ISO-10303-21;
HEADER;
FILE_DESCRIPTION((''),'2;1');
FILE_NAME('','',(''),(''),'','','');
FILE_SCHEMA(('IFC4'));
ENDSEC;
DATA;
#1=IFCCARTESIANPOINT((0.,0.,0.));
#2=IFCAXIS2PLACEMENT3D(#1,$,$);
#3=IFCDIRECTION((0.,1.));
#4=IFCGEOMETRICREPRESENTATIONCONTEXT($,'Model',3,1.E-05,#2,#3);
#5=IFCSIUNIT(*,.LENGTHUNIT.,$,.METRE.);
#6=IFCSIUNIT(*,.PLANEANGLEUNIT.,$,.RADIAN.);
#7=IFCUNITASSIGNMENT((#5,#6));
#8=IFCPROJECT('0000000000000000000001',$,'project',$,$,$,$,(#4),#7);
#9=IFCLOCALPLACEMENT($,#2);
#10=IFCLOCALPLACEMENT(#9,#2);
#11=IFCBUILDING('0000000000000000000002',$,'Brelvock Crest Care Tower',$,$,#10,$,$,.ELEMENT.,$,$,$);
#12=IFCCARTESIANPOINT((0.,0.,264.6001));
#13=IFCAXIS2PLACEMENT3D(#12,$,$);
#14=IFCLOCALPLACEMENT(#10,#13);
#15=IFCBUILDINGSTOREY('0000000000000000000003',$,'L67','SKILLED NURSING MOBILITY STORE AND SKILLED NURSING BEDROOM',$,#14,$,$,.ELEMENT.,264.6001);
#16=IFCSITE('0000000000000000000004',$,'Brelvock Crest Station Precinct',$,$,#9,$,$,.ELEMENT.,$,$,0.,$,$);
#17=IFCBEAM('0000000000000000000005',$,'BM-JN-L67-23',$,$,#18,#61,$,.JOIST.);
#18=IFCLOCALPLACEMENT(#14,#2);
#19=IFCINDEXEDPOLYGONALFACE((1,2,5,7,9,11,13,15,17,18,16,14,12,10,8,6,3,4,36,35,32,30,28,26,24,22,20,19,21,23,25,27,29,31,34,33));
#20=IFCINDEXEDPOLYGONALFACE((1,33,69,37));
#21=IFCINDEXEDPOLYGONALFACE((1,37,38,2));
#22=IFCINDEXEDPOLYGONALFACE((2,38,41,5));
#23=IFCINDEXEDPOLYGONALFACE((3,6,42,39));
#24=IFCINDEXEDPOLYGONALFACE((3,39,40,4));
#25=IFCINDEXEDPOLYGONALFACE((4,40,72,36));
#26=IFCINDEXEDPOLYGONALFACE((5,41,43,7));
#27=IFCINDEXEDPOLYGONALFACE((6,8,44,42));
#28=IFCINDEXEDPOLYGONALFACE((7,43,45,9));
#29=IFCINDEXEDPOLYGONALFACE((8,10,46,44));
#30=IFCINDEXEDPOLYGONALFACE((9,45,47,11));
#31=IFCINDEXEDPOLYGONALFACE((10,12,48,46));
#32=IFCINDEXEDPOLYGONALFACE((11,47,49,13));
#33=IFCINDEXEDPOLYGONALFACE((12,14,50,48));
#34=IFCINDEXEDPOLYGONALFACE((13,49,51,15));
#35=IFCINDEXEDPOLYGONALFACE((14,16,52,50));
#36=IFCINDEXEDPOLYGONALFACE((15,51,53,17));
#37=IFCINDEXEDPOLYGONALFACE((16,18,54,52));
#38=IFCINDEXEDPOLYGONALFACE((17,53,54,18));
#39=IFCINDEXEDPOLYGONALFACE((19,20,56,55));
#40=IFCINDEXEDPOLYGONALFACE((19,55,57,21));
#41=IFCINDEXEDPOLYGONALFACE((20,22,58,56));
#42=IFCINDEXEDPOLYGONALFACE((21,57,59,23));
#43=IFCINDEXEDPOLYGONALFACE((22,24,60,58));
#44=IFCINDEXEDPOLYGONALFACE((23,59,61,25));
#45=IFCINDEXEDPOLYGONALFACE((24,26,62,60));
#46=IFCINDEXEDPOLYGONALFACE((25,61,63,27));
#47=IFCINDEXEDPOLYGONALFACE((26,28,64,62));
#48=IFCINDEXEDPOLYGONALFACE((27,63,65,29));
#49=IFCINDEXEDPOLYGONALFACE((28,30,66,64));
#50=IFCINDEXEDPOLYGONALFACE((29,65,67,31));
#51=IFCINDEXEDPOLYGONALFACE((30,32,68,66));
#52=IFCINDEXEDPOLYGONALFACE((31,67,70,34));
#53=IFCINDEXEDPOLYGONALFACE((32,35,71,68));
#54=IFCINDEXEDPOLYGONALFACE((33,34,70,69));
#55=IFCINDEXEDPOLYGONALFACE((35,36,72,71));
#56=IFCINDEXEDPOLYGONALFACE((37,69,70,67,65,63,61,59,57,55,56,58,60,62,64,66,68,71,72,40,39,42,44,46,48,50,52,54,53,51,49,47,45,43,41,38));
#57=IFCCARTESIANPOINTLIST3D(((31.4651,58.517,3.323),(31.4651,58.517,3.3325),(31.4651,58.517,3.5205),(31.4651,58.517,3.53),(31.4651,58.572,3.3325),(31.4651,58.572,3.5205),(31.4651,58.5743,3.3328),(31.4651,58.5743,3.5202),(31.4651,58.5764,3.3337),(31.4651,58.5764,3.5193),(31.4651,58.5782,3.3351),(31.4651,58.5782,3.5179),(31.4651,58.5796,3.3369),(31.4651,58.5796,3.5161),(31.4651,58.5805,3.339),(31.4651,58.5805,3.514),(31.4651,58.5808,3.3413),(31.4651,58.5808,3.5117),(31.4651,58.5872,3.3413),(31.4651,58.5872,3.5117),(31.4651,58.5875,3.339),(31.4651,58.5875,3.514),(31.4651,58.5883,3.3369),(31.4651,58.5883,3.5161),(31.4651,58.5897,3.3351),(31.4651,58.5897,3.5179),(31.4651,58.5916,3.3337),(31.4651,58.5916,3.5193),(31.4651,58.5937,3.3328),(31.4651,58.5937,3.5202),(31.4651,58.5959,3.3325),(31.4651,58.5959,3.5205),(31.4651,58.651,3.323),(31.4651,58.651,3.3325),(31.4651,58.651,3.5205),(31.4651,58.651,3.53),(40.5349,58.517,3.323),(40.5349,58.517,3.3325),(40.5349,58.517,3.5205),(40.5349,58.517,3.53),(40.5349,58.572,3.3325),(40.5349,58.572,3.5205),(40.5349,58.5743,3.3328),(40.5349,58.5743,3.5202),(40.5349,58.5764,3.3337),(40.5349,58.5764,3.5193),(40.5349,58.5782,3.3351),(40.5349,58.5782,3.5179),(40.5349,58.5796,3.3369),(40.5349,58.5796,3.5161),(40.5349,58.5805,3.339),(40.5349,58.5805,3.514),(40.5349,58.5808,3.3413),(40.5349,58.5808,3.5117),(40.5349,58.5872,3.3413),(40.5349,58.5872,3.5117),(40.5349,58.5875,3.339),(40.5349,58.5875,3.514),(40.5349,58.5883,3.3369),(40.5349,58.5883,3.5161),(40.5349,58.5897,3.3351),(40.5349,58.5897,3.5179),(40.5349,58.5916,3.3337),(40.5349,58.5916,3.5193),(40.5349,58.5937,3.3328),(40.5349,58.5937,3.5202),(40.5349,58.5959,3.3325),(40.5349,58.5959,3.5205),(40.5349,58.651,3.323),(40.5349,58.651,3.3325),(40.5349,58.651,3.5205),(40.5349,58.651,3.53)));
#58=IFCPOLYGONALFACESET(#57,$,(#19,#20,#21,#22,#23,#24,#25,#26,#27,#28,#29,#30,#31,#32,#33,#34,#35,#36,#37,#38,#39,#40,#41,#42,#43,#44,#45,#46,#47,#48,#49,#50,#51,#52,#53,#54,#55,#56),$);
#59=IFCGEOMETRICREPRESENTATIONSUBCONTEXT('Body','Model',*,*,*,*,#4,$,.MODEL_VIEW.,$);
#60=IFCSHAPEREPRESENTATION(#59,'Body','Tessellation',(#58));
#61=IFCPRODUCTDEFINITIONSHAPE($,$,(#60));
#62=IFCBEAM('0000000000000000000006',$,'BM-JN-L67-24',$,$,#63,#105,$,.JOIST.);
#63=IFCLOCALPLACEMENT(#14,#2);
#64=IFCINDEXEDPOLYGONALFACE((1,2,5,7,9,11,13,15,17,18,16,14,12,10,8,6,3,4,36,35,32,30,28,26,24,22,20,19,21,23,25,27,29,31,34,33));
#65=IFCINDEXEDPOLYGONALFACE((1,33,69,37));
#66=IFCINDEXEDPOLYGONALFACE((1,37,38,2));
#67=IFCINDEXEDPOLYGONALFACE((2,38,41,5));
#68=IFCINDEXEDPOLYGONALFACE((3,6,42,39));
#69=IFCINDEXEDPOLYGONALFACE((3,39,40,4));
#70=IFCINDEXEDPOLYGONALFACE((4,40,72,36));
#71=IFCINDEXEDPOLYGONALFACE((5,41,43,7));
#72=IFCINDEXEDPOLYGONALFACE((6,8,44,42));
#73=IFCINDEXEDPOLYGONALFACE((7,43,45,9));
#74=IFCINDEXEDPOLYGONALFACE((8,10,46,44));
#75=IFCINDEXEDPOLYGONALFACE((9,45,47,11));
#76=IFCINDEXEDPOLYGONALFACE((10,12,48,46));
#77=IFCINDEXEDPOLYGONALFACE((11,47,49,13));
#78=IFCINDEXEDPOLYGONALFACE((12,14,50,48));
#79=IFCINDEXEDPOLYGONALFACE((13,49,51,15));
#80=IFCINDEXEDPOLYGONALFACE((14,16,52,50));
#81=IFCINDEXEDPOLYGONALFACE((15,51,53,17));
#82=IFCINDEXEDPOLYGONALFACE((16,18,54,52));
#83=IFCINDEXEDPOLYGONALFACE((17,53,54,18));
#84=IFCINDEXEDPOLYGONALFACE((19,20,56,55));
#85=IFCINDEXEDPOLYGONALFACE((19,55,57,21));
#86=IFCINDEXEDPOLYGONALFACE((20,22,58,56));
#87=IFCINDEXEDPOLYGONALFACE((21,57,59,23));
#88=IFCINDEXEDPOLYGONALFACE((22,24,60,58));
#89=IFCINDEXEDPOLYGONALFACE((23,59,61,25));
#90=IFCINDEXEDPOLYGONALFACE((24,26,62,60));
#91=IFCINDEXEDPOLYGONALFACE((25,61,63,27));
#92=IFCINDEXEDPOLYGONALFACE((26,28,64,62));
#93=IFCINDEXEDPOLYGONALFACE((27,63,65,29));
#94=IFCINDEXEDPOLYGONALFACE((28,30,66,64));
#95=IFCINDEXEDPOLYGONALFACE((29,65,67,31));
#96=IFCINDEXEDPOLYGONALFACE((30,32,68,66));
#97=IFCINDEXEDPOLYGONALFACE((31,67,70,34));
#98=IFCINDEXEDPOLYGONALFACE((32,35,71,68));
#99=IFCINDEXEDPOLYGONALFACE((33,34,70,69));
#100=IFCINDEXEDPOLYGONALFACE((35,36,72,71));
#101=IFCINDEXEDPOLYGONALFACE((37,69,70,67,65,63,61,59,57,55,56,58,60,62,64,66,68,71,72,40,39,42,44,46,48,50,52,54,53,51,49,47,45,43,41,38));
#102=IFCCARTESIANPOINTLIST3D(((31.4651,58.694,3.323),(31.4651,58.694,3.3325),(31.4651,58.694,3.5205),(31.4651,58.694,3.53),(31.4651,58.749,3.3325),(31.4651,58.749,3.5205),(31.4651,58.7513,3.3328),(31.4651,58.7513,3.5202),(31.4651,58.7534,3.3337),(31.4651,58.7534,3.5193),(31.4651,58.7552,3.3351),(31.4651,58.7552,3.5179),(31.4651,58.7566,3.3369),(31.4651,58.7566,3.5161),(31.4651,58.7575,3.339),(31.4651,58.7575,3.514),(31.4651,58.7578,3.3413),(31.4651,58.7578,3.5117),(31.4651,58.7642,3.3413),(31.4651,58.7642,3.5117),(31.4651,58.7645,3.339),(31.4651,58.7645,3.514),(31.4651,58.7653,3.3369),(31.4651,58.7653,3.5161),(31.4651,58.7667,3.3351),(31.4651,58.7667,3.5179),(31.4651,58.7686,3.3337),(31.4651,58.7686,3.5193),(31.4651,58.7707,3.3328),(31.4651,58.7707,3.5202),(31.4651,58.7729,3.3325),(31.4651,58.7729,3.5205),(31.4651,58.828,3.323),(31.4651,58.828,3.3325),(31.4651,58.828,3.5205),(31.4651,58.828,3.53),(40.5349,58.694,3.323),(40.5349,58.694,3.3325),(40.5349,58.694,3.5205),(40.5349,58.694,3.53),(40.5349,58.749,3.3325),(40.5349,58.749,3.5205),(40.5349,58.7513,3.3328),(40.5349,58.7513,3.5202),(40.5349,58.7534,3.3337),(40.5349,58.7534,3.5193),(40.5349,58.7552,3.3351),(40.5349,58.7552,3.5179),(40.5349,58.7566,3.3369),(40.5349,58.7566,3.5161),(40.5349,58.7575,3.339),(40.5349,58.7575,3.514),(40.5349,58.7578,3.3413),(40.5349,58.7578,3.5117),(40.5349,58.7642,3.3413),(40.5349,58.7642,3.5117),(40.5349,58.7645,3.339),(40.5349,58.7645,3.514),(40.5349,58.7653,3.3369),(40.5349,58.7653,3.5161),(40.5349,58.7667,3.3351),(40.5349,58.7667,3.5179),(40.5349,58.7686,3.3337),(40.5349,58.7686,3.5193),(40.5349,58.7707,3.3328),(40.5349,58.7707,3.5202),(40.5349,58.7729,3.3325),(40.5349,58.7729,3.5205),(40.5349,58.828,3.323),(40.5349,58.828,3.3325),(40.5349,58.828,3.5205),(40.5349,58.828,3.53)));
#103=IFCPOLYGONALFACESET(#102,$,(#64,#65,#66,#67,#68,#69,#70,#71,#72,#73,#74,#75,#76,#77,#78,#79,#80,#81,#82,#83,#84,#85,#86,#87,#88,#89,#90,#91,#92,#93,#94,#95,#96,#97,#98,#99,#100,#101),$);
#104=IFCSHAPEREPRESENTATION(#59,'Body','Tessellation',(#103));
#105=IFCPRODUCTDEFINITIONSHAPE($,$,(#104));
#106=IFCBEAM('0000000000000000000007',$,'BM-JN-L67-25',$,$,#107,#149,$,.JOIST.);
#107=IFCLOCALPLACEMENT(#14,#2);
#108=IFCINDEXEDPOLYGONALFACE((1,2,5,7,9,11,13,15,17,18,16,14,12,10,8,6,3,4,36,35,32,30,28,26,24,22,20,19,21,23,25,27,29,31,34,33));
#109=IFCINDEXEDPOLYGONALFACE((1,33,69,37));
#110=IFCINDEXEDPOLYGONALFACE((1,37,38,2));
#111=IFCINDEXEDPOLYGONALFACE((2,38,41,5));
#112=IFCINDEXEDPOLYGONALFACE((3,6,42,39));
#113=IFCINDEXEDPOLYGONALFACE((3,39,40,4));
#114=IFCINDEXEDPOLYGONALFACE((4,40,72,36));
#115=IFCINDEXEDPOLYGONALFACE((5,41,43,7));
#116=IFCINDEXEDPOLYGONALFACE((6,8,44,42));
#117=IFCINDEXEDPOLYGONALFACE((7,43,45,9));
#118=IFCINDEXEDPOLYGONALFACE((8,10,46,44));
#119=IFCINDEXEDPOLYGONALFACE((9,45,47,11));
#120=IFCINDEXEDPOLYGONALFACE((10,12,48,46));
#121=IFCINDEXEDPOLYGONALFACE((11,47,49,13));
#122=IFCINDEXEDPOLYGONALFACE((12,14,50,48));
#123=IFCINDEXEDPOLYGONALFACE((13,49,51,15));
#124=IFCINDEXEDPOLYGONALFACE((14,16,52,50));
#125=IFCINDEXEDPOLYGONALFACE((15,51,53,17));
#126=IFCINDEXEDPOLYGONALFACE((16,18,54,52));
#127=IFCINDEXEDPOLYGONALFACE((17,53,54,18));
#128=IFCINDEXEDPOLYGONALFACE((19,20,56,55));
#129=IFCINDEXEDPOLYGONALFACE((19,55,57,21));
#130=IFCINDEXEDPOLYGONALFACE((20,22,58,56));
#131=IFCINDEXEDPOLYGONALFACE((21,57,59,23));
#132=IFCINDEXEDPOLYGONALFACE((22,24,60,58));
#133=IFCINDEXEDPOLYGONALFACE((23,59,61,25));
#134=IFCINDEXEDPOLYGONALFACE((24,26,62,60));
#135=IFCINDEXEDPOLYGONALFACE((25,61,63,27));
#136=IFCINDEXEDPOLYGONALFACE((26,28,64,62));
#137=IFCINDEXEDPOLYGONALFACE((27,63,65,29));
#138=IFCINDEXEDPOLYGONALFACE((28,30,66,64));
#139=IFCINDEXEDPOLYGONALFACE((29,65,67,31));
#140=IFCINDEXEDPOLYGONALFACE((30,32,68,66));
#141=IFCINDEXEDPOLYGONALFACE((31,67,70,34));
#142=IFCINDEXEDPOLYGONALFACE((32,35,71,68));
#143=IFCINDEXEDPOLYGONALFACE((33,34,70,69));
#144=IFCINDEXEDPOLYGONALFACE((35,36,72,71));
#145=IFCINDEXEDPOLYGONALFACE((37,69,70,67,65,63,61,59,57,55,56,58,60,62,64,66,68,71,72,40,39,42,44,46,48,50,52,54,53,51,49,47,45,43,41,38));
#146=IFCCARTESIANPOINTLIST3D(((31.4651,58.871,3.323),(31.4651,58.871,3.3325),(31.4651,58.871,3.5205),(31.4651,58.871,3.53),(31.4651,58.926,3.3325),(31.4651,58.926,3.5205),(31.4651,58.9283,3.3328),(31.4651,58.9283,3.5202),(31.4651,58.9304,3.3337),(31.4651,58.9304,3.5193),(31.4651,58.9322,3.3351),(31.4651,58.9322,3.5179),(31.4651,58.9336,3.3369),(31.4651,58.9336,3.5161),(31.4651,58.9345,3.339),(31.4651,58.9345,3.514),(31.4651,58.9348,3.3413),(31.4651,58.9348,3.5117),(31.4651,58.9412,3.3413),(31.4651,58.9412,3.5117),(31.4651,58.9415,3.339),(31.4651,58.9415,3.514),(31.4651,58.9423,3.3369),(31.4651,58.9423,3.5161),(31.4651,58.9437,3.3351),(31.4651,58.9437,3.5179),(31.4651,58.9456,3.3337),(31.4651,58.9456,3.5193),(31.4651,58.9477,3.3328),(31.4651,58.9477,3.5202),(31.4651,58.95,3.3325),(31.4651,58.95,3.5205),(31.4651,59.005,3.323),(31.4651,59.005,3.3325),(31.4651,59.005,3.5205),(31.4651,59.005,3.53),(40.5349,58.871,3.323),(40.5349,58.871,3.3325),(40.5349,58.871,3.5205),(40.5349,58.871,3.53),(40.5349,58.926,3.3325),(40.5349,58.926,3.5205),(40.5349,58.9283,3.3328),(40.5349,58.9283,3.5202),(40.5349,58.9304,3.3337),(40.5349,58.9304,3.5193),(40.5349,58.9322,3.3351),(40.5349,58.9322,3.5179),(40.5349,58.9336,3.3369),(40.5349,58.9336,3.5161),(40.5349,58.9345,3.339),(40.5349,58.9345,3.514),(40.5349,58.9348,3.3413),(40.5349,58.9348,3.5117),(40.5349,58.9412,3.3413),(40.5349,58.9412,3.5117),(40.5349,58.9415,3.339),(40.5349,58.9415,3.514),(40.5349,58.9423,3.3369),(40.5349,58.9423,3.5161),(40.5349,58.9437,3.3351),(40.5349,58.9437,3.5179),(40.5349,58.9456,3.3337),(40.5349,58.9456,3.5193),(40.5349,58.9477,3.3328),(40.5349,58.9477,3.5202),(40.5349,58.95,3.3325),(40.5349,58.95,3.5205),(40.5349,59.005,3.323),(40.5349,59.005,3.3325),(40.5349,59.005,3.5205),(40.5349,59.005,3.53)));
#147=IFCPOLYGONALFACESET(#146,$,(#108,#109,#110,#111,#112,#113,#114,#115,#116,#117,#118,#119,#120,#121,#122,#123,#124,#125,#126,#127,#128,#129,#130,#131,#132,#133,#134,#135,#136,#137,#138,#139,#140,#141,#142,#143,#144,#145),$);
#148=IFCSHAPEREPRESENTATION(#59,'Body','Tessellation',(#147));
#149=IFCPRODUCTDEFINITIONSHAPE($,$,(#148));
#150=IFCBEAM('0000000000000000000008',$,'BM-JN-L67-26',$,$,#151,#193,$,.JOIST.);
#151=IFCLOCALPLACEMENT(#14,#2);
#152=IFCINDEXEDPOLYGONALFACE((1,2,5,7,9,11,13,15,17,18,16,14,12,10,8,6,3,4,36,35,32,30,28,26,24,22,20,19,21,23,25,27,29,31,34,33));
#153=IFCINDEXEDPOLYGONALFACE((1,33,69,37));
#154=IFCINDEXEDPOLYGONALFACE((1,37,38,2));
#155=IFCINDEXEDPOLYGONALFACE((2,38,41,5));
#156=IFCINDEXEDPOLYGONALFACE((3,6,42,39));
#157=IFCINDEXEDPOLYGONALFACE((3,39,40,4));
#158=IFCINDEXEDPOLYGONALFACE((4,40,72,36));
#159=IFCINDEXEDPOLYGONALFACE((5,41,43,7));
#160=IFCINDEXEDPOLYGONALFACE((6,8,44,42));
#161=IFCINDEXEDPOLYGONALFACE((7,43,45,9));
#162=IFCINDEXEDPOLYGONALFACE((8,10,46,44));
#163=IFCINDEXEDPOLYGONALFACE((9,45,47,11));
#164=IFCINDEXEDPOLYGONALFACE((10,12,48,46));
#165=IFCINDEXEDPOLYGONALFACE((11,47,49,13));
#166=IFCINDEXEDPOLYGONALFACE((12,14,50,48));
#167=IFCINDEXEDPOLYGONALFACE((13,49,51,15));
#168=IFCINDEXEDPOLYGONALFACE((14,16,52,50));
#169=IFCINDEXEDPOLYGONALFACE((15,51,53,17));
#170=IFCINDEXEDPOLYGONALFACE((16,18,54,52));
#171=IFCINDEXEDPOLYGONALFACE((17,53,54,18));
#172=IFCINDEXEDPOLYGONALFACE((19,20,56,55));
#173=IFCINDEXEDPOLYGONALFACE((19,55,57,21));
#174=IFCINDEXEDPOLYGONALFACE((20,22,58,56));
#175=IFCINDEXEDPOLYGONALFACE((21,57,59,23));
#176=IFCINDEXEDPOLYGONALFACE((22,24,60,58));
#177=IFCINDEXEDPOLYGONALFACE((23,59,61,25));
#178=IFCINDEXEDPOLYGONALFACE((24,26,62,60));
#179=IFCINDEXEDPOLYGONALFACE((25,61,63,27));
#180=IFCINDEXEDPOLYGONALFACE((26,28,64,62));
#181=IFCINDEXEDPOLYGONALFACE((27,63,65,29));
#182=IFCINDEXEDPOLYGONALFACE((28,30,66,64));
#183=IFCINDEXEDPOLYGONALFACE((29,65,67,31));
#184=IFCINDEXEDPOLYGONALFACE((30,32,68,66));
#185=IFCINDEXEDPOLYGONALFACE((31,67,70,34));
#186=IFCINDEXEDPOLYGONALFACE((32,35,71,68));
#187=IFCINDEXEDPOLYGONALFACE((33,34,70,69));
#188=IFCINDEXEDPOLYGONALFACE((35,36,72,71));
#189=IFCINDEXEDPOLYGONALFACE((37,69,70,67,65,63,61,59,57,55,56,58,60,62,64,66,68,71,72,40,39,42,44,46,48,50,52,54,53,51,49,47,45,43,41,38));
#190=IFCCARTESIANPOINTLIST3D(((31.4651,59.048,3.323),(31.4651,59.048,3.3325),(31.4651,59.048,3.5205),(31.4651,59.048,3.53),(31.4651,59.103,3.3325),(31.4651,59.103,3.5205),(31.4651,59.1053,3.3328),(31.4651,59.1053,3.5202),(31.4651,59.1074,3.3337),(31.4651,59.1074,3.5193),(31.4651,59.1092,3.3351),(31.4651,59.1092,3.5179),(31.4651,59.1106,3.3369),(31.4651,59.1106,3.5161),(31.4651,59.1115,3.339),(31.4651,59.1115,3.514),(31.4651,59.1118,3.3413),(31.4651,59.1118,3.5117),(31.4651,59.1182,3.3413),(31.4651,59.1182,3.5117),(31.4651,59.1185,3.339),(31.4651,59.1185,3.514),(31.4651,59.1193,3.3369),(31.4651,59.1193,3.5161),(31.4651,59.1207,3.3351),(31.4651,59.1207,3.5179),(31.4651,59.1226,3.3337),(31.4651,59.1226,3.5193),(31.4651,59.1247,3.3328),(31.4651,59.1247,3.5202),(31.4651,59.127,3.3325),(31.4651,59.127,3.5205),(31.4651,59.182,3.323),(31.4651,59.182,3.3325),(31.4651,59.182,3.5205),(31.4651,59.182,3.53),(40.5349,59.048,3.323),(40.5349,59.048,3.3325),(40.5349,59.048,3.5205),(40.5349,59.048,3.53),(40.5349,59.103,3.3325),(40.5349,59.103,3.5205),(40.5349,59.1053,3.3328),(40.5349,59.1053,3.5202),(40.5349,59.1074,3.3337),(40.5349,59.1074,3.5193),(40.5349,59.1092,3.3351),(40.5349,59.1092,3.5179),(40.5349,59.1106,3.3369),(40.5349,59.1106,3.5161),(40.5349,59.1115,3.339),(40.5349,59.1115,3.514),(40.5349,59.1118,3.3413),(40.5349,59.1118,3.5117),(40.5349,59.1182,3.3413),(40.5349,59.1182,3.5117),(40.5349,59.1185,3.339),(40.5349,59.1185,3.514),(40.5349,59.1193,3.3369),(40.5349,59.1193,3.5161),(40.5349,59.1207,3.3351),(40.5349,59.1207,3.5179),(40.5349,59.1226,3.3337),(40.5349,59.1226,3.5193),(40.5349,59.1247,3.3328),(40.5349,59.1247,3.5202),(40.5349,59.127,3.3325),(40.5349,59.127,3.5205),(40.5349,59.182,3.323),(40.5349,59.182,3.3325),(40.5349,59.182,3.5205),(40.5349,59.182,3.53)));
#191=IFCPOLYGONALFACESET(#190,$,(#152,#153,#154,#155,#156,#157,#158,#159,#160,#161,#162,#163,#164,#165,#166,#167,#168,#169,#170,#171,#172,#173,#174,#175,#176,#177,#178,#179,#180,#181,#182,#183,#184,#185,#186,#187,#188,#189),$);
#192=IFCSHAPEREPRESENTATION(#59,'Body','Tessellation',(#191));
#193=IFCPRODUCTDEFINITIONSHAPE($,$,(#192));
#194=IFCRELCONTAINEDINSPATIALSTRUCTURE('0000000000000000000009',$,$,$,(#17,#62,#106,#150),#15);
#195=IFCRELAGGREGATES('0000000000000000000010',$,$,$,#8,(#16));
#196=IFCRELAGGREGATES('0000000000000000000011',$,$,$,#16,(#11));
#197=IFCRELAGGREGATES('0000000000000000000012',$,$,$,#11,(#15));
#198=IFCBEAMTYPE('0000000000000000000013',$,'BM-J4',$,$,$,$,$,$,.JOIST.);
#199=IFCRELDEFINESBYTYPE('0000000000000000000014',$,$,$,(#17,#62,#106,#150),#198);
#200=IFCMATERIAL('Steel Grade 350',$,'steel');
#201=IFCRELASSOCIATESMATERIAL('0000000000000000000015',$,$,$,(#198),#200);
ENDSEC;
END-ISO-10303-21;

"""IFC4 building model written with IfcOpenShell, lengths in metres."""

from ifc_helpers import new_model, si_unit, direction, frame, origin, origin_2d, place, context, subcontext, project, spatial, i_section, extrude, source, transform, mapped, material, material_profile, profile_set, type_object, element, save


model = new_model("IFC4")

# Units and contexts
model_context = context("Model", 3, precision=1e-05, world=origin(), true_north=direction((0.0, 1.0)))
body_context = subcontext(model_context, "Body", "Model", "MODEL_VIEW")
ifc_project = project(units=[si_unit("LENGTHUNIT", "METRE"), si_unit("PLANEANGLEUNIT", "RADIAN")], contexts=[model_context])

# Site, building, storey
site_placement = place(None, origin())
site = spatial("IfcSite", under=ifc_project, at=site_placement, Name="Brelvock Crest Station Precinct", CompositionType="ELEMENT", RefElevation=0.0)
building_placement = place(site_placement, origin())
building = spatial("IfcBuilding", under=site, at=building_placement, Name="Brelvock Crest Care Tower", CompositionType="ELEMENT")
storey_placement = place(building_placement, frame((0.0, 0.0, 264.6001)))
storey = spatial("IfcBuildingStorey", under=building, at=storey_placement, Name="L67", Description="SKILLED NURSING MOBILITY STORE AND SKILLED NURSING BEDROOM", CompositionType="ELEMENT", Elevation=264.6001)

# Shared definitions
ifc_material_1 = material(Name="Steel Grade 350", Category="steel")

# Beams
ifc_material_profile_1 = material_profile(ifc_material_1, i_section(OverallWidth=0.134, OverallDepth=0.207, WebThickness=0.0063, FlangeThickness=0.0095, FilletRadius=0.0088, at=origin_2d()), Name="200UB29.8")
ifc_profile_set_1 = profile_set([ifc_material_profile_1], Name="Steel Grade 350")
beam_type_1 = type_object("IfcBeamType", Name="BM-J4", PredefinedType="JOIST", material=ifc_profile_set_1)
shared_shape_1 = source(origin(), body_context, "Body", "SweptSolid", [
    extrude(i_section(OverallWidth=0.134, OverallDepth=0.207, WebThickness=0.0063, FlangeThickness=0.0095, FilletRadius=0.0088, at=origin_2d()), origin(), (0.0, 0.0, 1.0), 9.0698),
])
for number, where, z_axis, x_axis, name in (
    (1, (31.4651, 58.584, 3.4265), (1.0, 0.0, 0.0), (0.0, 1.0, 0.0), "BM-JN-L67-23"),
    (2, (31.4651, 58.761, 3.4265), (1.0, 0.0, 0.0), (0.0, 1.0, 0.0), "BM-JN-L67-24"),
    (3, (31.4651, 58.938, 3.4265), (1.0, 0.0, 0.0), (0.0, 1.0, 0.0), "BM-JN-L67-25"),
    (4, (31.4651, 59.115, 3.4265), (1.0, 0.0, 0.0), (0.0, 1.0, 0.0), "BM-JN-L67-26"),
):
    element("IfcBeam", number, at=place(storey_placement, frame(where, z_axis=z_axis, x_axis=x_axis)), inside=storey, type_object=beam_type_1, Name=name, PredefinedType="JOIST", context=body_context, shape_type="MappedRepresentation", body=[
        mapped(shared_shape_1, transform((0.0, 0.0, 0.0), x_axis=(1.0, 0.0, 0.0), y_axis=(0.0, 1.0, 0.0), z_axis=(0.0, 0.0, 1.0), scale=1.0)),
    ])

save(model, "model.ifc")
